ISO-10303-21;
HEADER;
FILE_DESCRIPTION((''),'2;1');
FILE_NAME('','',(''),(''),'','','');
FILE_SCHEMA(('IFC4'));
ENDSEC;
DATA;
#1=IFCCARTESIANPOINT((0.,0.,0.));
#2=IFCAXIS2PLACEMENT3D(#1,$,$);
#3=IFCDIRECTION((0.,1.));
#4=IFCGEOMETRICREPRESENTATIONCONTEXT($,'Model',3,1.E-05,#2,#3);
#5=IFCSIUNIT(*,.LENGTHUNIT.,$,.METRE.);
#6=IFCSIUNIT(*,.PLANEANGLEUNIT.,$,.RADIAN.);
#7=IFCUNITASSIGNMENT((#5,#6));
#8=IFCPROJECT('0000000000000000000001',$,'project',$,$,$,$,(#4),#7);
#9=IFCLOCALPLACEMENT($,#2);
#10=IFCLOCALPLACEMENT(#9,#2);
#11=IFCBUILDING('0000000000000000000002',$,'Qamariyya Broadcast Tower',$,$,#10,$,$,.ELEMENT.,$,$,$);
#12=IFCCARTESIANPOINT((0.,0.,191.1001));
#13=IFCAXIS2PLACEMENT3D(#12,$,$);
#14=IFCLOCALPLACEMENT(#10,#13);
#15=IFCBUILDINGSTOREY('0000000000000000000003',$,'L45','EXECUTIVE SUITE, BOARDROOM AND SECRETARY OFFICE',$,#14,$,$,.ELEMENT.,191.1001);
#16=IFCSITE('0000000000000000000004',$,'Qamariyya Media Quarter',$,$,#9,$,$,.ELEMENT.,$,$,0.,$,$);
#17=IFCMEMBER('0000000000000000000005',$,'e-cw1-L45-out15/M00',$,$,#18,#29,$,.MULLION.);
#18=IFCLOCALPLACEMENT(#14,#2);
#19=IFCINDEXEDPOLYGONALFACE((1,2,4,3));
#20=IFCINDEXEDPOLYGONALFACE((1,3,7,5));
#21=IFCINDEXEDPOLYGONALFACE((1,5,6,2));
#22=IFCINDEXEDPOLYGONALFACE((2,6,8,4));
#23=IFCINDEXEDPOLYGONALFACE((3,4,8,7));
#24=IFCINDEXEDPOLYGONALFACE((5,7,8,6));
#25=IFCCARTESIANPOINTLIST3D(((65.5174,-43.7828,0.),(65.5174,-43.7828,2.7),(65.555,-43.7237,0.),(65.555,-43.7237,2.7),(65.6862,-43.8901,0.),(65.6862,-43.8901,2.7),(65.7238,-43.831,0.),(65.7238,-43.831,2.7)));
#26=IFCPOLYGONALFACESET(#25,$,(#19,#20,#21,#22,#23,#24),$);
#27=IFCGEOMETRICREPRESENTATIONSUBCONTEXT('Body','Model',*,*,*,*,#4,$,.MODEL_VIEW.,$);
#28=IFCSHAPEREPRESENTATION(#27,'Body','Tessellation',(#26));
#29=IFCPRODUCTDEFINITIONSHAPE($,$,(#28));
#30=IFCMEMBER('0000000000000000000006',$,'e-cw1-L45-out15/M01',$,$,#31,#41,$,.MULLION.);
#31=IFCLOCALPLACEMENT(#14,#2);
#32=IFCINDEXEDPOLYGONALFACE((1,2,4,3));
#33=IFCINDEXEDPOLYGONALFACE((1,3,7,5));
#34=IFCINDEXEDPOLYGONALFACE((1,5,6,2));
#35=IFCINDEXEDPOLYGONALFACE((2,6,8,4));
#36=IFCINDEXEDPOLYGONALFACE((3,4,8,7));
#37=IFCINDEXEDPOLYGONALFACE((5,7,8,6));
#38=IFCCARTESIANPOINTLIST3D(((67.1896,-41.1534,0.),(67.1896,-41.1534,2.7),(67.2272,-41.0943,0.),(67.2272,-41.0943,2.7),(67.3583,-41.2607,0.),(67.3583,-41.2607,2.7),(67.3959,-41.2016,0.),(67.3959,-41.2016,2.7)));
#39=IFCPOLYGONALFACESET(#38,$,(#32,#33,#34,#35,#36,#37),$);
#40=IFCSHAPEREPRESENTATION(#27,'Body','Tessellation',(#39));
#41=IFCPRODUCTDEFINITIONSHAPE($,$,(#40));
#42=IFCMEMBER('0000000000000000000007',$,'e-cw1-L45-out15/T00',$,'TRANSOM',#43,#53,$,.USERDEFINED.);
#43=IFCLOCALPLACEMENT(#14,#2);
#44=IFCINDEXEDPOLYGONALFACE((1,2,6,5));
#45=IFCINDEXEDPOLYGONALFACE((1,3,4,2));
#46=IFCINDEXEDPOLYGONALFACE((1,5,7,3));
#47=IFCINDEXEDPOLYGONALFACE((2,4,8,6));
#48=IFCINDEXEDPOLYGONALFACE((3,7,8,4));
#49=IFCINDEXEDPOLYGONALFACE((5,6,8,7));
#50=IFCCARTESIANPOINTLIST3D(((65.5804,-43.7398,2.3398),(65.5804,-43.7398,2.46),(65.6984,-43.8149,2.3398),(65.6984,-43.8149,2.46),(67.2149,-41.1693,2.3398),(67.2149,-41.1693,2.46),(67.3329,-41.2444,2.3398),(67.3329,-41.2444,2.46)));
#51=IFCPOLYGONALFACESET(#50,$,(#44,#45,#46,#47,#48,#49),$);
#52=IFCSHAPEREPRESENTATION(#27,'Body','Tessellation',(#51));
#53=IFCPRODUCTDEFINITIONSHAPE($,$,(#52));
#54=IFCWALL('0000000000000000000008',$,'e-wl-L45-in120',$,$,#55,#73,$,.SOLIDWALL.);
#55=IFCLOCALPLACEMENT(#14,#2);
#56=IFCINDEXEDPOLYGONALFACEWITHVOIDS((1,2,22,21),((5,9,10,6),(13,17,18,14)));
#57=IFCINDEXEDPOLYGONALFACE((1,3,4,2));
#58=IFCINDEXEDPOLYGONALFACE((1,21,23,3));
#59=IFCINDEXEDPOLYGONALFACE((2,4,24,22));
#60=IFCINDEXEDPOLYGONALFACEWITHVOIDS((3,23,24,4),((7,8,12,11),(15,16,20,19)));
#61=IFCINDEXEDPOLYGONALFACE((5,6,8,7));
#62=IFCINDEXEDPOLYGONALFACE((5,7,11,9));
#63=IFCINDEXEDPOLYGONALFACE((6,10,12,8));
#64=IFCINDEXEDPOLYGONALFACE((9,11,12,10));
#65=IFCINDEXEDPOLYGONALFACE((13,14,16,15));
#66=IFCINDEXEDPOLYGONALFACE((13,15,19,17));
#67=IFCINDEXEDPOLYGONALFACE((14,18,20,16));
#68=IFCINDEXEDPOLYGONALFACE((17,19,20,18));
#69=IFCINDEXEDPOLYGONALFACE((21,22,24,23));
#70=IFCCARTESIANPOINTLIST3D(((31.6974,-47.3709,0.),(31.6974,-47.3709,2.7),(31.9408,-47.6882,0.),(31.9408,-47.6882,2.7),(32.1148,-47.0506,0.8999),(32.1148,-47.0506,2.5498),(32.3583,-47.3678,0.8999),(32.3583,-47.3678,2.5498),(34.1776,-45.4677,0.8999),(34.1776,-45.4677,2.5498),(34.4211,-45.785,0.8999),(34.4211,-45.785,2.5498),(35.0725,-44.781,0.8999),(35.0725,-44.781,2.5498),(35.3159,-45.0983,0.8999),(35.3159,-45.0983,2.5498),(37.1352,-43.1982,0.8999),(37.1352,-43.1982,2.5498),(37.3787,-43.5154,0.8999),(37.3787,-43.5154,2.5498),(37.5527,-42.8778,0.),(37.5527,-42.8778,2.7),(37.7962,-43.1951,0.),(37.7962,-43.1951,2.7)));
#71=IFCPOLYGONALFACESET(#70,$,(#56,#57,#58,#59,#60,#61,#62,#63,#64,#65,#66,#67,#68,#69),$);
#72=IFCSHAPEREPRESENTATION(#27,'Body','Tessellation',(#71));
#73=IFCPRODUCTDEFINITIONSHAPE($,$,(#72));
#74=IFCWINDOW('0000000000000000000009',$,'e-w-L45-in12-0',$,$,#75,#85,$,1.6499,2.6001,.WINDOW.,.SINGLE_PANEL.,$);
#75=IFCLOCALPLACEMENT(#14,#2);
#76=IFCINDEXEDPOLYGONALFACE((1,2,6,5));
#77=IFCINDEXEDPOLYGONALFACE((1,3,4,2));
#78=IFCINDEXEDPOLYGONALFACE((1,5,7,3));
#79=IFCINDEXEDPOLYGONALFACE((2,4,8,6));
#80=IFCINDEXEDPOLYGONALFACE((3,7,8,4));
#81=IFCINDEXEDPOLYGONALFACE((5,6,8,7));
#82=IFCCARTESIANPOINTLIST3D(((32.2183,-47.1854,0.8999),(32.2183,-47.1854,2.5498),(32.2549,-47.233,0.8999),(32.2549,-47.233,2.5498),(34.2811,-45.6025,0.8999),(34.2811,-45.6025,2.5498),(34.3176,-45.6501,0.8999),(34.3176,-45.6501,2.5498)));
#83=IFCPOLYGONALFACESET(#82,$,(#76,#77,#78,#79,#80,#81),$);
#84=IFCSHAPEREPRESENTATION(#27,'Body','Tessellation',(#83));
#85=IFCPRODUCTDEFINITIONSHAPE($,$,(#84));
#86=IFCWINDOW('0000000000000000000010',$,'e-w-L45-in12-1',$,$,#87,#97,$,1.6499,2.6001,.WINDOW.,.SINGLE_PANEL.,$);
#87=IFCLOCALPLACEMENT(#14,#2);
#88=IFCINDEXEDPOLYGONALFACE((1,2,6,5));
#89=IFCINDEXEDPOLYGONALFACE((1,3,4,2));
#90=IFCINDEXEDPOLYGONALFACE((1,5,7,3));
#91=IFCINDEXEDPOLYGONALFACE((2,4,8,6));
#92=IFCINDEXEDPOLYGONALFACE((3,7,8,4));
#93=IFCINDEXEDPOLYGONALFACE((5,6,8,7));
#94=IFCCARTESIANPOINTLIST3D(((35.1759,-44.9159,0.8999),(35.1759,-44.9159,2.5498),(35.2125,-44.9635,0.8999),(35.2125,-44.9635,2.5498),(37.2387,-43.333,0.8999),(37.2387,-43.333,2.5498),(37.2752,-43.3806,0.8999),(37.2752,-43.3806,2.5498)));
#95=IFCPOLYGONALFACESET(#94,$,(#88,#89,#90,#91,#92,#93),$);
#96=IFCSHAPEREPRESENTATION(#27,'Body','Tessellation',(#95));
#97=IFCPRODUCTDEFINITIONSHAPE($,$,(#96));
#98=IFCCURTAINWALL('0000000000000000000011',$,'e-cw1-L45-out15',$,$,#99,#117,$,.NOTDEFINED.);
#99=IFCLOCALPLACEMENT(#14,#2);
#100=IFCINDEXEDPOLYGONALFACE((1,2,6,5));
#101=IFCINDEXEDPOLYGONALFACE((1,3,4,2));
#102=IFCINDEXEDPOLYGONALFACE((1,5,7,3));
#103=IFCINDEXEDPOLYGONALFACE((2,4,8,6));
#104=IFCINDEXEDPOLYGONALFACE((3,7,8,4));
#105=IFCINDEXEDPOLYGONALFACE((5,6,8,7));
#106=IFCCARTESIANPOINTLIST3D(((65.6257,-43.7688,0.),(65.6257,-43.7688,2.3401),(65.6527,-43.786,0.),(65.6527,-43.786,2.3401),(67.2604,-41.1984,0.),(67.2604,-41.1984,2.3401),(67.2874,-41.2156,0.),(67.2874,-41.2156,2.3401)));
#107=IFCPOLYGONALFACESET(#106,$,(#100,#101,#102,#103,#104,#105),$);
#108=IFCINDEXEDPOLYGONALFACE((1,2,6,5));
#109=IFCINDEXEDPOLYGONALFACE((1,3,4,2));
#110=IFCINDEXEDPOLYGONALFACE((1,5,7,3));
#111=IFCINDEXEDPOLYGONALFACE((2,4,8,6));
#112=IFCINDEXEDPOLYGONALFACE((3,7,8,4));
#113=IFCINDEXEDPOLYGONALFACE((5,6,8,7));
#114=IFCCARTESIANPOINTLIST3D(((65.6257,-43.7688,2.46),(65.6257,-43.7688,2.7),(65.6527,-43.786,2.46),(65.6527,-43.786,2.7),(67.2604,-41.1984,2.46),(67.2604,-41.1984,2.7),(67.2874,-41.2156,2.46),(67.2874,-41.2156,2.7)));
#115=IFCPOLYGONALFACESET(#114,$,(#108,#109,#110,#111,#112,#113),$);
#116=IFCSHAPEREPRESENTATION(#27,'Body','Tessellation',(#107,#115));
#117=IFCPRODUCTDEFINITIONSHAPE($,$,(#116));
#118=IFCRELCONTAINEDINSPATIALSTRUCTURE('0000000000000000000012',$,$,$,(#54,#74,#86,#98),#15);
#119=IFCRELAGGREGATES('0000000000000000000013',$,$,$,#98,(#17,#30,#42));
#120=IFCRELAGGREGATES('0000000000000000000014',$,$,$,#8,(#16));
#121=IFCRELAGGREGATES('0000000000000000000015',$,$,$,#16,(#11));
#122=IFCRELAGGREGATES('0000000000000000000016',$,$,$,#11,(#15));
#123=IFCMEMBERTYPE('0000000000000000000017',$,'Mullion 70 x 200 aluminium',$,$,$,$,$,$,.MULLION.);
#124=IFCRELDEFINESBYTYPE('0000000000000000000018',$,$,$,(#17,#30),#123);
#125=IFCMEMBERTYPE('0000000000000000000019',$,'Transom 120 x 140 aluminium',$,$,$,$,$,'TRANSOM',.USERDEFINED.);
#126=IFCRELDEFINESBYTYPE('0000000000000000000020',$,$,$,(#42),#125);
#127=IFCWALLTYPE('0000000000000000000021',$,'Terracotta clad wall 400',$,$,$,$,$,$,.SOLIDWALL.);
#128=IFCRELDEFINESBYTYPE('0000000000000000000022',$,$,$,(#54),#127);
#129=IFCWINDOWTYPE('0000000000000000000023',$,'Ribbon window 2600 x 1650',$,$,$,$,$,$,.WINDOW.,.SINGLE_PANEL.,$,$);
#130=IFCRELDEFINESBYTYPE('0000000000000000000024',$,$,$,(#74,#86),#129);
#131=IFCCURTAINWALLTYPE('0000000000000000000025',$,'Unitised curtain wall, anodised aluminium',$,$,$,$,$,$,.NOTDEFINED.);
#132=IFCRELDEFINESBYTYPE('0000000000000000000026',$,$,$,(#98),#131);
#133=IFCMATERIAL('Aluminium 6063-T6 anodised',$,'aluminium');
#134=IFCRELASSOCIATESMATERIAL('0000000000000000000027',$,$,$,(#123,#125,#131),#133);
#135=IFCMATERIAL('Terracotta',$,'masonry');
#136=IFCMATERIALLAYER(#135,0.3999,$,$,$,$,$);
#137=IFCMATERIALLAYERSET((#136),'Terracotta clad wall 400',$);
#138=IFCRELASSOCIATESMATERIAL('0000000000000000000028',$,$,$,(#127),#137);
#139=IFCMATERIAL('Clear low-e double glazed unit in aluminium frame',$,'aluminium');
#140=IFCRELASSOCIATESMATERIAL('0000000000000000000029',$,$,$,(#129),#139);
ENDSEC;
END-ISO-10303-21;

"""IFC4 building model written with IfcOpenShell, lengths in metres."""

from ifc_helpers import new_model, si_unit, direction, frame, frame_2d, origin, origin_2d, place, context, subcontext, project, spatial, rectangle, extrude, material, layer, layer_set, material_profile, profile_set, type_object, element, fill, aggregate, save


model = new_model("IFC4")

# Units and contexts
model_context = context("Model", 3, precision=1e-05, world=origin(), true_north=direction((0.0, 1.0)))
body_context = subcontext(model_context, "Body", "Model", "MODEL_VIEW")
ifc_project = project(units=[si_unit("LENGTHUNIT", "METRE"), si_unit("PLANEANGLEUNIT", "RADIAN")], contexts=[model_context])

# Members
ifc_material_1 = material(Name="Aluminium 6063-T6 anodised", Category="aluminium")
ifc_material_profile_1 = material_profile(ifc_material_1, rectangle(XDim=0.2, YDim=0.0701, at=origin_2d()))
ifc_profile_set_1 = profile_set([ifc_material_profile_1], Name="Aluminium 6063-T6 anodised")
member_type_1 = type_object("IfcMemberType", Name="Mullion 70 x 200 aluminium", PredefinedType="MULLION", material=ifc_profile_set_1)
site_placement = place(None, origin())
building_placement = place(site_placement, origin())
storey_placement = place(building_placement, frame((0.0, 0.0, 191.1001)))
member_1_placement = place(storey_placement, frame((65.6206, -43.8069, 0.0), z_axis=(0.0, 0.0, 1.0), x_axis=(-0.843814, 0.536635, 0.0)))
member_1 = element("IfcMember", 1, at=member_1_placement, type_object=member_type_1, Name="e-cw1-L45-out15/M00", PredefinedType="MULLION", context=body_context, shape_type="SweptSolid", body=[
    extrude(rectangle(XDim=0.2, YDim=0.0701, at=origin_2d()), origin(), (0.0, 0.0, 1.0), 2.7),
])
member_2_placement = place(storey_placement, frame((67.2927, -41.1775, 0.0), z_axis=(0.0, 0.0, 1.0), x_axis=(-0.843814, 0.536635, 0.0)))
member_2 = element("IfcMember", 2, at=member_2_placement, type_object=member_type_1, Name="e-cw1-L45-out15/M01", PredefinedType="MULLION", context=body_context, shape_type="SweptSolid", body=[
    extrude(rectangle(XDim=0.2, YDim=0.0701, at=origin_2d()), origin(), (0.0, 0.0, 1.0), 2.7),
])
ifc_material_profile_2 = material_profile(ifc_material_1, rectangle(XDim=0.1399, YDim=0.1201, at=origin_2d()))
ifc_profile_set_2 = profile_set([ifc_material_profile_2], Name="Aluminium 6063-T6 anodised")
member_type_2 = type_object("IfcMemberType", Name="Transom 120 x 140 aluminium", ElementType="TRANSOM", PredefinedType="USERDEFINED", material=ifc_profile_set_2)
member_3_placement = place(storey_placement, frame((65.6394, -43.7773, 2.3999), z_axis=(0.536575, 0.843853, 0.0), x_axis=(-0.843853, 0.536575, 0.0)))
member_3 = element("IfcMember", 3, at=member_3_placement, type_object=member_type_2, Name="e-cw1-L45-out15/T00", ObjectType="TRANSOM", PredefinedType="USERDEFINED", context=body_context, shape_type="SweptSolid", body=[
    extrude(rectangle(XDim=0.1399, YDim=0.1201, at=origin_2d()), origin(), (0.0, 0.0, 1.0), 3.0461),
])

# Site, building, storey
site = spatial("IfcSite", under=ifc_project, at=site_placement, Name="Qamariyya Media Quarter", CompositionType="ELEMENT", RefElevation=0.0)
building = spatial("IfcBuilding", under=site, at=building_placement, Name="Qamariyya Broadcast Tower", CompositionType="ELEMENT")
storey = spatial("IfcBuildingStorey", under=building, at=storey_placement, Name="L45", Description="EXECUTIVE SUITE, BOARDROOM AND SECRETARY OFFICE", CompositionType="ELEMENT", Elevation=191.1001)

# Wall, openings, windows
ifc_material_2 = material(Name="Terracotta", Category="masonry")
ifc_layer = layer(ifc_material_2, 0.3999)
ifc_layer_set = layer_set([ifc_layer], Name="Terracotta clad wall 400")
wall_type = type_object("IfcWallType", Name="Terracotta clad wall 400", PredefinedType="SOLIDWALL", material=ifc_layer_set)
wall_placement = place(storey_placement, frame((37.6746, -43.0364, 0.0), z_axis=(0.0, 0.0, 1.0), x_axis=(-0.793346, -0.60877, 0.0)))
wall = element("IfcWall", 4, at=wall_placement, inside=storey, type_object=wall_type, Name="e-wl-L45-in120", PredefinedType="SOLIDWALL", context=body_context, shape_type="SweptSolid", body=[
    extrude(rectangle(XDim=7.3806, YDim=0.3999, at=frame_2d((3.6904, 0.0))), origin(), (0.0, 0.0, 1.0), 2.7),
])
opening_1_placement = place(wall_placement, frame((4.2544, 0.0, 0.8999)))
opening_1 = element("IfcOpeningElement", 5, at=opening_1_placement, cuts=wall, PredefinedType="OPENING", context=body_context, shape_type="SweptSolid", body=[
    extrude(rectangle(XDim=2.6001, YDim=1.6499, at=frame_2d((1.3, 0.825))), frame((0.0, 0.21, 0.0), z_axis=(0.0, -1.0, 0.0), x_axis=(1.0, 0.0, 0.0)), (0.0, 0.0, 1.0), 0.4199),
])
opening_2_placement = place(wall_placement, frame((0.5264, 0.0, 0.8999)))
opening_2 = element("IfcOpeningElement", 6, at=opening_2_placement, cuts=wall, PredefinedType="OPENING", context=body_context, shape_type="SweptSolid", body=[
    extrude(rectangle(XDim=2.6001, YDim=1.6499, at=frame_2d((1.3, 0.825))), frame((0.0, 0.21, 0.0), z_axis=(0.0, -1.0, 0.0), x_axis=(1.0, 0.0, 0.0)), (0.0, 0.0, 1.0), 0.4199),
])
ifc_material_3 = material(Name="Clear low-e double glazed unit in aluminium frame", Category="aluminium")
window_type = type_object("IfcWindowType", Name="Ribbon window 2600 x 1650", PartitioningType="SINGLE_PANEL", PredefinedType="WINDOW", material=ifc_material_3)
window_1_placement = place(opening_1_placement, origin())
window_1 = element("IfcWindow", 7, at=window_1_placement, inside=storey, type_object=window_type, Name="e-w-L45-in12-0", OverallHeight=1.6499, OverallWidth=2.6001, PartitioningType="SINGLE_PANEL", PredefinedType="WINDOW", context=body_context, shape_type="SweptSolid", body=[
    extrude(rectangle(XDim=2.6001, YDim=1.6499, at=frame_2d((1.3, 0.825))), frame((0.0, 0.03, 0.0), z_axis=(0.0, -1.0, 0.0), x_axis=(1.0, 0.0, 0.0)), (0.0, 0.0, 1.0), 0.0601),
])
fill(opening_1, window_1)
window_2_placement = place(opening_2_placement, origin())
window_2 = element("IfcWindow", 8, at=window_2_placement, inside=storey, type_object=window_type, Name="e-w-L45-in12-1", OverallHeight=1.6499, OverallWidth=2.6001, PartitioningType="SINGLE_PANEL", PredefinedType="WINDOW", context=body_context, shape_type="SweptSolid", body=[
    extrude(rectangle(XDim=2.6001, YDim=1.6499, at=frame_2d((1.3, 0.825))), frame((0.0, 0.03, 0.0), z_axis=(0.0, -1.0, 0.0), x_axis=(1.0, 0.0, 0.0)), (0.0, 0.0, 1.0), 0.0601),
])
fill(opening_2, window_2)

# Curtain wall
curtain_wall_type = type_object("IfcCurtainWallType", Name="Unitised curtain wall, anodised aluminium", PredefinedType="NOTDEFINED", material=ifc_material_1)
curtain_wall_1_placement = place(storey_placement, origin())
curtain_wall_1 = element("IfcCurtainWall", 9, at=curtain_wall_1_placement, inside=storey, type_object=curtain_wall_type, Name="e-cw1-L45-out15", PredefinedType="NOTDEFINED", context=body_context, shape_type="SweptSolid", body=[
    extrude(rectangle(XDim=3.0461, YDim=0.032, at=origin_2d()), frame((66.4565, -42.4922, 0.0), x_axis=(0.536623, 0.843822, 0.0)), (0.0, 0.0, 1.0), 2.3401),
    extrude(rectangle(XDim=3.0461, YDim=0.032, at=origin_2d()), frame((66.4565, -42.4922, 2.46), x_axis=(0.536623, 0.843822, 0.0)), (0.0, 0.0, 1.0), 0.24),
])
aggregate(curtain_wall_1, [member_1, member_2, member_3])

save(model, "model.ifc")
